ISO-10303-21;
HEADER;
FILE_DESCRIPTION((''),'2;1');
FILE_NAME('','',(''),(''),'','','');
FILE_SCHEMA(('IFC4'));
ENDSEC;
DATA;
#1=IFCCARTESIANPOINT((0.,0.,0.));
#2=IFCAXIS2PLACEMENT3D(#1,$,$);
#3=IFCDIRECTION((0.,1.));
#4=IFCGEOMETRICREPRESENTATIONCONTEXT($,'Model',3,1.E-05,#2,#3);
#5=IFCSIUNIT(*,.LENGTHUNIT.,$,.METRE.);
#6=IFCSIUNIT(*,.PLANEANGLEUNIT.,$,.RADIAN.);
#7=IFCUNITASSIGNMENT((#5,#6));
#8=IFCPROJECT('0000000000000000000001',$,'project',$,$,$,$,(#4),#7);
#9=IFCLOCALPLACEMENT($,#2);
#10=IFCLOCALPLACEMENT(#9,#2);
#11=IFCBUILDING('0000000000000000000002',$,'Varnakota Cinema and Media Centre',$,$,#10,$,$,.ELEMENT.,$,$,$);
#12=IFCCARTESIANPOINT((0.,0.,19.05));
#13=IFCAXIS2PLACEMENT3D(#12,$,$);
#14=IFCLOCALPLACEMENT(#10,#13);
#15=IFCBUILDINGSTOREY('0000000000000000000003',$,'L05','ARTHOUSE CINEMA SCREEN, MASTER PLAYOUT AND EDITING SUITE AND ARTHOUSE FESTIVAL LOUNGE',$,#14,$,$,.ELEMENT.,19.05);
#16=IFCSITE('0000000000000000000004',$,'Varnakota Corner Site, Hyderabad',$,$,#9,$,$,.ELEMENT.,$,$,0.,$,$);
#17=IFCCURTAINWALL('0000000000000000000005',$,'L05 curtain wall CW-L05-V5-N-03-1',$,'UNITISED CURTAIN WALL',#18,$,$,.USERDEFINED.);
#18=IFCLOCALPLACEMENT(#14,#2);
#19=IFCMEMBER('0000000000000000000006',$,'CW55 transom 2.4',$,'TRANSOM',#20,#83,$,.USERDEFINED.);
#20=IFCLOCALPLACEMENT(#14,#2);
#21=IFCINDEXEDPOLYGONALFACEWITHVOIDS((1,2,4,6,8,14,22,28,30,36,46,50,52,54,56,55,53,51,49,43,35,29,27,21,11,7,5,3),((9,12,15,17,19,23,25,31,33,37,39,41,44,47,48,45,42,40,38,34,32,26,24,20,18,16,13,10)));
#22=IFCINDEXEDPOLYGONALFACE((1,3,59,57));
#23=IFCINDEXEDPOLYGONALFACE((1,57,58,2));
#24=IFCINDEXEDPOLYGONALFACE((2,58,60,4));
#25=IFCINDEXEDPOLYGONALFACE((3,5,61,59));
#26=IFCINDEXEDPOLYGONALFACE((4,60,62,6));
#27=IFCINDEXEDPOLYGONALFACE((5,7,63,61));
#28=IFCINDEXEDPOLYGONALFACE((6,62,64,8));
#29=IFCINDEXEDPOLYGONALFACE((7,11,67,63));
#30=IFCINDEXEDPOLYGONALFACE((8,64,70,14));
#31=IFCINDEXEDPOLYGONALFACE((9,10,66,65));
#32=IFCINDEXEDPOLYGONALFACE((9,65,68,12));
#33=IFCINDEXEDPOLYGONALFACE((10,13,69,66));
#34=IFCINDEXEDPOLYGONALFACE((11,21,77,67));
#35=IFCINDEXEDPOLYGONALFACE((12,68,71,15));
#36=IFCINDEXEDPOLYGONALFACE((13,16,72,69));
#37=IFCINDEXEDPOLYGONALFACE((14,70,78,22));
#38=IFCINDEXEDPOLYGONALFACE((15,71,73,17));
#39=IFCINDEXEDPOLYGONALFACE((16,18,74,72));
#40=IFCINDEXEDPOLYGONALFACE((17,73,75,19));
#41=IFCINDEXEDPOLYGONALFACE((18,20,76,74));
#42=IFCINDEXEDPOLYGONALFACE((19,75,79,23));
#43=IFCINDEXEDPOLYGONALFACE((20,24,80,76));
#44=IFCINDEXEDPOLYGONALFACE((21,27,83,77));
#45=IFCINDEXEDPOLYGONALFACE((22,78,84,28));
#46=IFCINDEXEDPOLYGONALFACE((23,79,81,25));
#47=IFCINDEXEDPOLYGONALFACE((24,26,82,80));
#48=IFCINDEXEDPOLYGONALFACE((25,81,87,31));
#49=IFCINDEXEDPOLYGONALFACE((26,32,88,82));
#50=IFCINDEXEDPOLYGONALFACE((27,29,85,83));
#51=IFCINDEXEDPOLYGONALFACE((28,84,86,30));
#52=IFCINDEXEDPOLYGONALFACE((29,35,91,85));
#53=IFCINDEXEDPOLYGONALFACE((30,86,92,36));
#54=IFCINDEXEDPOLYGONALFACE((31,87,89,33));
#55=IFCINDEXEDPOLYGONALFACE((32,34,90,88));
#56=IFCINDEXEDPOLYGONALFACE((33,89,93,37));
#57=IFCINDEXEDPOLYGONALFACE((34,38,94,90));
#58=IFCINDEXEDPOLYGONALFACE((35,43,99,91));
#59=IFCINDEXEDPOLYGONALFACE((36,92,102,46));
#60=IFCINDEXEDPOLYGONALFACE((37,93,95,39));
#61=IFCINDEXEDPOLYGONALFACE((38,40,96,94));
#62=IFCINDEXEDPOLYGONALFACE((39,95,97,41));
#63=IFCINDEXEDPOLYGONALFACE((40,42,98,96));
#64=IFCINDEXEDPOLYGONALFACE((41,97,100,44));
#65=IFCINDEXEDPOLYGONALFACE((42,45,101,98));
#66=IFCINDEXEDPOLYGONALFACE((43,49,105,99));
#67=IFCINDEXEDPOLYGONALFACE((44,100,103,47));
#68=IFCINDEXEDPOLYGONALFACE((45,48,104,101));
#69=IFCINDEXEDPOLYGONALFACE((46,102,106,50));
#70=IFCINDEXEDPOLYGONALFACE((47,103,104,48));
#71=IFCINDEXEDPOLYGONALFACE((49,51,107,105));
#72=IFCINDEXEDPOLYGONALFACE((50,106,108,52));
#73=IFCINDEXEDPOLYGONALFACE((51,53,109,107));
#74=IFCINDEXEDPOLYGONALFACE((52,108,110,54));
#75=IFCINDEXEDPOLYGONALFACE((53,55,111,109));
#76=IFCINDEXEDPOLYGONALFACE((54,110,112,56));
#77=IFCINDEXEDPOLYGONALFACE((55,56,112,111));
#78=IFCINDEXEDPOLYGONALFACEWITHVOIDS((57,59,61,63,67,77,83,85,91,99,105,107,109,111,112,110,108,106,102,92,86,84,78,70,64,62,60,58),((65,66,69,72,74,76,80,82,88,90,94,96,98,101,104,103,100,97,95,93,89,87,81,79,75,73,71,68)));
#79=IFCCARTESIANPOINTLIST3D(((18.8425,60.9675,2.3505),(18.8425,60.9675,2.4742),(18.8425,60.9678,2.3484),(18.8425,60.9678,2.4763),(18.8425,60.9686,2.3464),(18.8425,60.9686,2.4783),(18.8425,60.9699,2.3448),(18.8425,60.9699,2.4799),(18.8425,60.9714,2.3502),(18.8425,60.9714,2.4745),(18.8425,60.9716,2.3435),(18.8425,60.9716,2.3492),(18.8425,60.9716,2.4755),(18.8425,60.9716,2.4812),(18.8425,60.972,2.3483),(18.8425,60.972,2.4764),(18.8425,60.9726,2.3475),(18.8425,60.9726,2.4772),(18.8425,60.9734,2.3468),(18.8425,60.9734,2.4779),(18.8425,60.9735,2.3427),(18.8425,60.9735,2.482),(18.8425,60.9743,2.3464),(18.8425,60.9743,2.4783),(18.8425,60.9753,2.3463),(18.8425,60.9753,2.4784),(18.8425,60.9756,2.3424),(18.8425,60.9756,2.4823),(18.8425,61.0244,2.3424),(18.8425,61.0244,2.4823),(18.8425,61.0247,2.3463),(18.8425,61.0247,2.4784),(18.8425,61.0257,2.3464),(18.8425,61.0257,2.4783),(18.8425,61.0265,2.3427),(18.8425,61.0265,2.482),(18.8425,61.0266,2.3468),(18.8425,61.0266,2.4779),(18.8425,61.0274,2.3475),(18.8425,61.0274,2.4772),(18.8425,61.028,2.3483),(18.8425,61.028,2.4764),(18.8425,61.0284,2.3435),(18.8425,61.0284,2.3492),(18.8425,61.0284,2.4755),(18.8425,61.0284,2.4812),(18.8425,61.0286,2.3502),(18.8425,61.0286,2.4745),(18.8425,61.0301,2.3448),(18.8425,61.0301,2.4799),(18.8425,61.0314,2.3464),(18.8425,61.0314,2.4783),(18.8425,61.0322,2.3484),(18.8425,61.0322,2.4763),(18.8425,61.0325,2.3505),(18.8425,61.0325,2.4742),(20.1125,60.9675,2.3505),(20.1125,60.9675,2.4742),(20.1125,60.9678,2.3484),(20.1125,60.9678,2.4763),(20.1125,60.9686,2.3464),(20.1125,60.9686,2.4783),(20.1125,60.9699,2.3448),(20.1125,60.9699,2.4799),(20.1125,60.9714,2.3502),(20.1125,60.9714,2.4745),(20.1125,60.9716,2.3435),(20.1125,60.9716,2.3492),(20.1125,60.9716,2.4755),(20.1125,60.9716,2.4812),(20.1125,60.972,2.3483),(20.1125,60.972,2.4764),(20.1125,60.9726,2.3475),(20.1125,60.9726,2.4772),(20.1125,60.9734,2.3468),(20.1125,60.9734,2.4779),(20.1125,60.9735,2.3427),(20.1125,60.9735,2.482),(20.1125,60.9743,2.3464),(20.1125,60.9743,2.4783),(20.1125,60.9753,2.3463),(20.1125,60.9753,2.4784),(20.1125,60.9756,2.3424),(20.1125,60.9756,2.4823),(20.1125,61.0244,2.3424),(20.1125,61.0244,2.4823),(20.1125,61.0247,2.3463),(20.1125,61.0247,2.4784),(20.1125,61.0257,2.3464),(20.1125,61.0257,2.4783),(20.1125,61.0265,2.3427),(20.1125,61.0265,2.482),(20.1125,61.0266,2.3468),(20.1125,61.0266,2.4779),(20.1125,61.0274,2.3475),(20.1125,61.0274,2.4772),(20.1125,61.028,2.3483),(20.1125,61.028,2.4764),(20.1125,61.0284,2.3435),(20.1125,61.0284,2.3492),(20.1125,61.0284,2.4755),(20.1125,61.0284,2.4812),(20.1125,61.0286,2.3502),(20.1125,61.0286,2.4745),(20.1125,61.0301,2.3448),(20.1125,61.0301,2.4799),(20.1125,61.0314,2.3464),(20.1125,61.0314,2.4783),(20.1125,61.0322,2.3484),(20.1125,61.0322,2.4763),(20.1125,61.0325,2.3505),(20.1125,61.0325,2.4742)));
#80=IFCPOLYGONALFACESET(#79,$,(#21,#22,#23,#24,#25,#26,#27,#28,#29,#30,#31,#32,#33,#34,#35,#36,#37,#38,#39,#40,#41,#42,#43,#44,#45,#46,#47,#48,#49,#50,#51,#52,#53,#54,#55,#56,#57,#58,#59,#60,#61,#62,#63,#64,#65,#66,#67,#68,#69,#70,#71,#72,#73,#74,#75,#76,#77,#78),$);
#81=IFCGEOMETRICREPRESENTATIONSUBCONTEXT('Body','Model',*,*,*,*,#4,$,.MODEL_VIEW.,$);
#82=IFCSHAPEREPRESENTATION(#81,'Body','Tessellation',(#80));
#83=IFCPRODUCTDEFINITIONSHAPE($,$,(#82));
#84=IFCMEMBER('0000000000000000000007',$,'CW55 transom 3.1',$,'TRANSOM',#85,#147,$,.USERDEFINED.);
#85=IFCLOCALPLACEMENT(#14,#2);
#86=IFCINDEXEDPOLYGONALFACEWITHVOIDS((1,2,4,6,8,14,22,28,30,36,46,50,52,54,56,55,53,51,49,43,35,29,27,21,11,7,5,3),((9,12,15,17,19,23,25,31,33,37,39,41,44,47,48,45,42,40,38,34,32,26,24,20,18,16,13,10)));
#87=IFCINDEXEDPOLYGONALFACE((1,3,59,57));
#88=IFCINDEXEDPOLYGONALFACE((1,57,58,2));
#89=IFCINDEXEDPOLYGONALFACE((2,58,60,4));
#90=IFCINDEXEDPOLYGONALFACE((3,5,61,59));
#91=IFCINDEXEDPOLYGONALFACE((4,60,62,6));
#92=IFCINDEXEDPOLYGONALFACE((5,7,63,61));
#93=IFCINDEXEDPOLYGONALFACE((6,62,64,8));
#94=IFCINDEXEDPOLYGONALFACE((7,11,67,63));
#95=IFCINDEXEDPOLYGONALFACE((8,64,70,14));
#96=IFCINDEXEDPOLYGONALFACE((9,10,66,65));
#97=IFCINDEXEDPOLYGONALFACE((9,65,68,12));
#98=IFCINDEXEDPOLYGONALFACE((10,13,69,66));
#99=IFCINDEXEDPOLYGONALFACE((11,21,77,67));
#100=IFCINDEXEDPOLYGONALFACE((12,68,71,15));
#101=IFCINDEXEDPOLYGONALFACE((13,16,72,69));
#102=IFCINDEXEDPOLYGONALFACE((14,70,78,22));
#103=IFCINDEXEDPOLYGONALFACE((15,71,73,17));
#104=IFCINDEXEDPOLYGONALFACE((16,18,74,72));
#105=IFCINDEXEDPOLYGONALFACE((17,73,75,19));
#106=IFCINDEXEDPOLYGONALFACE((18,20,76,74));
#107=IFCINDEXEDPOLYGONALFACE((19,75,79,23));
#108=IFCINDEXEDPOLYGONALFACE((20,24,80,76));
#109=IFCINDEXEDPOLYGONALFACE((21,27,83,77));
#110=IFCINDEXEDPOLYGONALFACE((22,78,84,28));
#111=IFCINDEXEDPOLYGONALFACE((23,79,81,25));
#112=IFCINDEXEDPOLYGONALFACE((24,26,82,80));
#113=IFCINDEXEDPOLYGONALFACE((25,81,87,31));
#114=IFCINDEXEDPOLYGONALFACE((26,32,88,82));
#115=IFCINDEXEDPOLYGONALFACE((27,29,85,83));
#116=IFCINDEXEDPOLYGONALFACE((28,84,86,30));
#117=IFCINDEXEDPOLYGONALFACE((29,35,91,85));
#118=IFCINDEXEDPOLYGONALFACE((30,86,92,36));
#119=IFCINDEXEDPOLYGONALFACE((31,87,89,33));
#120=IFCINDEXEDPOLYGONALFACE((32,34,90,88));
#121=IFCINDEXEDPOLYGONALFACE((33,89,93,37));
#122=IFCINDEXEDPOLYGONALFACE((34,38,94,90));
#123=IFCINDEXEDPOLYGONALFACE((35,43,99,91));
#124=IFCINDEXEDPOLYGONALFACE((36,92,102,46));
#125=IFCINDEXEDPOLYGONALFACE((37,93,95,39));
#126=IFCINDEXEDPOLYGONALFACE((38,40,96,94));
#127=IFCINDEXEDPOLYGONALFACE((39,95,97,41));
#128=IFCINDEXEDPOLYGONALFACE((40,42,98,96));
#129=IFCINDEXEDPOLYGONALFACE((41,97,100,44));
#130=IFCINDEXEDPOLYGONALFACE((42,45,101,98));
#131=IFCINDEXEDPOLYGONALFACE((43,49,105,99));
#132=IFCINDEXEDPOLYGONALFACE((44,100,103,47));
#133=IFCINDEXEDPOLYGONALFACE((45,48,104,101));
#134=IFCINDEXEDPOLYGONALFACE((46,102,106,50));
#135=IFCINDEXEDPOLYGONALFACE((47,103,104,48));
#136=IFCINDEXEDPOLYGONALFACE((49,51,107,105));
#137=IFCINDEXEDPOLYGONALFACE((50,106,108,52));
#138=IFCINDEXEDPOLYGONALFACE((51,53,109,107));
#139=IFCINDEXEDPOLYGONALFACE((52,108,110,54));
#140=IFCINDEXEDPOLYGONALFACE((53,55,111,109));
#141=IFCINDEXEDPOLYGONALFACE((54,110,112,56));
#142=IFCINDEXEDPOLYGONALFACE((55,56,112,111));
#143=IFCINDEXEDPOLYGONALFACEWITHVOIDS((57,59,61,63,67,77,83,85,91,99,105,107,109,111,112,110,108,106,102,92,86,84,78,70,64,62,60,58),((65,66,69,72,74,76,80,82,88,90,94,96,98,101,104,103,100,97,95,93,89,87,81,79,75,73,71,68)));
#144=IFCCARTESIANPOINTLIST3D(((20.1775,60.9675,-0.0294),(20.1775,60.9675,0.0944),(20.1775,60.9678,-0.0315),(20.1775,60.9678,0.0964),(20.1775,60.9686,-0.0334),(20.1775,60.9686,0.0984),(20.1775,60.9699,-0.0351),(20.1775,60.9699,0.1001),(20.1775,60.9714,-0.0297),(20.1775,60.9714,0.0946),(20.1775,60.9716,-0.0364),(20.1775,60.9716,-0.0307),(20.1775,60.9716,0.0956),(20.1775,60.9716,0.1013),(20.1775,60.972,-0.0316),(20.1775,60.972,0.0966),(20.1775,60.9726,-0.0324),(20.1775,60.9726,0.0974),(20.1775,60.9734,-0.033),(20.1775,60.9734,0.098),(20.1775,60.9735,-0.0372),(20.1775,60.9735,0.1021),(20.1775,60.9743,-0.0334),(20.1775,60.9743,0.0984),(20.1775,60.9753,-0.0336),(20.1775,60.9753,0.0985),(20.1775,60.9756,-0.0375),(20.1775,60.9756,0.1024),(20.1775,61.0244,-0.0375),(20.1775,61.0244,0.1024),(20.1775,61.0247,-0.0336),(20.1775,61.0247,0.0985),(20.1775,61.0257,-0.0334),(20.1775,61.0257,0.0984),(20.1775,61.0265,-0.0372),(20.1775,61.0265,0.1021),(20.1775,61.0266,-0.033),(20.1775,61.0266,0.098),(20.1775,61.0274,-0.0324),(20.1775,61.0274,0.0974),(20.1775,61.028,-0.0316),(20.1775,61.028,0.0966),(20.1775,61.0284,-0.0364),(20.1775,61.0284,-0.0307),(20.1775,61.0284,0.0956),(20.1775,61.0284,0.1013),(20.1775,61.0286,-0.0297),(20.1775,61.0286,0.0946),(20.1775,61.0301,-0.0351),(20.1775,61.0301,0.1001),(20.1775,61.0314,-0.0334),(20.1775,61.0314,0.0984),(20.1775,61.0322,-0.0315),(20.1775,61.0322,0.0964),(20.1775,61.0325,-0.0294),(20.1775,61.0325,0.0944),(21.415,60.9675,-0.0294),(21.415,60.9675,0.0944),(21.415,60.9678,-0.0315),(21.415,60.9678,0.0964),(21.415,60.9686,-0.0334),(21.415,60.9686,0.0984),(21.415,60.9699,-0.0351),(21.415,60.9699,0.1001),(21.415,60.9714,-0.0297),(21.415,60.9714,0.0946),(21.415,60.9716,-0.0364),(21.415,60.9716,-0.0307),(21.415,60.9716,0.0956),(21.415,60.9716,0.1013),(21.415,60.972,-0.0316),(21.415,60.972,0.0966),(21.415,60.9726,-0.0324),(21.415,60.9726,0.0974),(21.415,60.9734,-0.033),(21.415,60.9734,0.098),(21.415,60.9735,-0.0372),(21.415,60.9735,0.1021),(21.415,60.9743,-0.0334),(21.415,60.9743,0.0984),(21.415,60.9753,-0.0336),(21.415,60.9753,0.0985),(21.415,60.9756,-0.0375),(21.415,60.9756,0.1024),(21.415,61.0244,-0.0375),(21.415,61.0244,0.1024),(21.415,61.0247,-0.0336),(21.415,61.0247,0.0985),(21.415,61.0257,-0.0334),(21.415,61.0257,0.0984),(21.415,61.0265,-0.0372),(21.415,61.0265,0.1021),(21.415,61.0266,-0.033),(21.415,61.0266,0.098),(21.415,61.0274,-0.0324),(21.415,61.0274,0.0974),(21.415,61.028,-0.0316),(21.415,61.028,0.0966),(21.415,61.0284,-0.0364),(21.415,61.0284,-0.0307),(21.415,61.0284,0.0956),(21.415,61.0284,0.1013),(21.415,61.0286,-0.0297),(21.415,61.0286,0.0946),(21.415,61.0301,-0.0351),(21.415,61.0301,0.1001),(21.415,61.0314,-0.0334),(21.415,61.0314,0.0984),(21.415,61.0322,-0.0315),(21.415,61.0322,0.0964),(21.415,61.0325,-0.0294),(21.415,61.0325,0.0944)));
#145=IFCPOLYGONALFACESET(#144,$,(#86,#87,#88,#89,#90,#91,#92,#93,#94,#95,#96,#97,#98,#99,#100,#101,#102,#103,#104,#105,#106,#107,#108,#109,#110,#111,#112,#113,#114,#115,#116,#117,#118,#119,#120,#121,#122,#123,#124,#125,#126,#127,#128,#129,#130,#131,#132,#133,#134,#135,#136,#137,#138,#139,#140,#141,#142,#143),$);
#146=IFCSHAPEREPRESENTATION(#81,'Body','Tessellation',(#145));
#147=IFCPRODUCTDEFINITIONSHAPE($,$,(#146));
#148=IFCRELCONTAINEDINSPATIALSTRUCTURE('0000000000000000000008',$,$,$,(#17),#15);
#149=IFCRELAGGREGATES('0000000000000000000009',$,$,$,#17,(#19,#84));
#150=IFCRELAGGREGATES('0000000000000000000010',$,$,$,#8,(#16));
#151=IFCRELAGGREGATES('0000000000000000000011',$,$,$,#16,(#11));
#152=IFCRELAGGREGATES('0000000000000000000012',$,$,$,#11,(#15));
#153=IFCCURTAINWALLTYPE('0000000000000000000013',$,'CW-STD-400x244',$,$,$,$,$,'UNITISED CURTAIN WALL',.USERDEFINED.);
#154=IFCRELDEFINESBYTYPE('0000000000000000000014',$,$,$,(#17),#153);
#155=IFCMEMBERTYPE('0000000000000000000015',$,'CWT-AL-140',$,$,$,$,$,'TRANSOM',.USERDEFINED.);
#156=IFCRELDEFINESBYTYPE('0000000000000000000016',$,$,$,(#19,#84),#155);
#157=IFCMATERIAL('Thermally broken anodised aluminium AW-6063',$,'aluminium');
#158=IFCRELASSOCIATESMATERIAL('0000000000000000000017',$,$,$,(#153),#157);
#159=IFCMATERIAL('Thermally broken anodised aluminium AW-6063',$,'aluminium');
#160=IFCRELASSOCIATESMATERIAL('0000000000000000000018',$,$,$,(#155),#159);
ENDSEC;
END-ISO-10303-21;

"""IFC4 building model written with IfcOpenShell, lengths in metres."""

from ifc_helpers import new_model, si_unit, direction, frame, origin, origin_2d, place, context, subcontext, project, spatial, hollow_rectangle, extrude, material, material_profile, profile_set, type_object, element, aggregate, save


model = new_model("IFC4")

# Units and contexts
model_context = context("Model", 3, precision=1e-05, world=origin(), true_north=direction((0.0, 1.0)))
body_context = subcontext(model_context, "Body", "Model", "MODEL_VIEW")
ifc_project = project(units=[si_unit("LENGTHUNIT", "METRE"), si_unit("PLANEANGLEUNIT", "RADIAN")], contexts=[model_context])

# Site, building, storey
site_placement = place(None, origin())
site = spatial("IfcSite", under=ifc_project, at=site_placement, Name="Varnakota Corner Site, Hyderabad", CompositionType="ELEMENT", RefElevation=0.0)
building_placement = place(site_placement, origin())
building = spatial("IfcBuilding", under=site, at=building_placement, Name="Varnakota Cinema and Media Centre", CompositionType="ELEMENT")
storey_placement = place(building_placement, frame((0.0, 0.0, 19.05)))
storey = spatial("IfcBuildingStorey", under=building, at=storey_placement, Name="L05", Description="ARTHOUSE CINEMA SCREEN, MASTER PLAYOUT AND EDITING SUITE AND ARTHOUSE FESTIVAL LOUNGE", CompositionType="ELEMENT", Elevation=19.05)

# Curtain wall, members
ifc_material_1 = material(Name="Thermally broken anodised aluminium AW-6063", Category="aluminium")
curtain_wall_type = type_object("IfcCurtainWallType", Name="CW-STD-400x244", ElementType="UNITISED CURTAIN WALL", PredefinedType="USERDEFINED", material=ifc_material_1)
curtain_wall_placement = place(storey_placement, origin())
curtain_wall = element("IfcCurtainWall", 1, at=curtain_wall_placement, inside=storey, type_object=curtain_wall_type, Name="L05 curtain wall CW-L05-V5-N-03-1", ObjectType="UNITISED CURTAIN WALL", PredefinedType="USERDEFINED")
ifc_material_2 = material(Name="Thermally broken anodised aluminium AW-6063", Category="aluminium")
ifc_material_profile_1 = material_profile(ifc_material_2, hollow_rectangle(XDim=0.0649, YDim=0.1399, WallThickness=0.0039, InnerFilletRadius=0.0039, OuterFilletRadius=0.0081, at=origin_2d()), Name="AL-TRANSOM 140x65x4")
ifc_profile_set_1 = profile_set([ifc_material_profile_1], Name="Thermally broken anodised aluminium AW-6063")
member_type_1 = type_object("IfcMemberType", Name="CWT-AL-140", ElementType="TRANSOM", PredefinedType="USERDEFINED", material=ifc_profile_set_1)
member_1_placement = place(storey_placement, frame((18.8425, 61.0, 2.4124), z_axis=(1.0, 0.0, 0.0), x_axis=(0.0, 1.0, 0.0)))
member_1 = element("IfcMember", 2, at=member_1_placement, type_object=member_type_1, Name="CW55 transom 2.4", ObjectType="TRANSOM", PredefinedType="USERDEFINED", context=body_context, shape_type="SweptSolid", body=[
    extrude(hollow_rectangle(XDim=0.0649, YDim=0.1399, WallThickness=0.0039, InnerFilletRadius=0.0039, OuterFilletRadius=0.0081, at=origin_2d()), origin(), (0.0, 0.0, 1.0), 1.27),
])
member_2_placement = place(storey_placement, frame((20.1775, 61.0, 0.0325), z_axis=(1.0, 0.0, 0.0), x_axis=(0.0, 1.0, 0.0)))
member_2 = element("IfcMember", 3, at=member_2_placement, type_object=member_type_1, Name="CW55 transom 3.1", ObjectType="TRANSOM", PredefinedType="USERDEFINED", context=body_context, shape_type="SweptSolid", body=[
    extrude(hollow_rectangle(XDim=0.0649, YDim=0.1399, WallThickness=0.0039, InnerFilletRadius=0.0039, OuterFilletRadius=0.0081, at=origin_2d()), origin(), (0.0, 0.0, 1.0), 1.2375),
])
aggregate(curtain_wall, [member_1, member_2])

save(model, "model.ifc")
